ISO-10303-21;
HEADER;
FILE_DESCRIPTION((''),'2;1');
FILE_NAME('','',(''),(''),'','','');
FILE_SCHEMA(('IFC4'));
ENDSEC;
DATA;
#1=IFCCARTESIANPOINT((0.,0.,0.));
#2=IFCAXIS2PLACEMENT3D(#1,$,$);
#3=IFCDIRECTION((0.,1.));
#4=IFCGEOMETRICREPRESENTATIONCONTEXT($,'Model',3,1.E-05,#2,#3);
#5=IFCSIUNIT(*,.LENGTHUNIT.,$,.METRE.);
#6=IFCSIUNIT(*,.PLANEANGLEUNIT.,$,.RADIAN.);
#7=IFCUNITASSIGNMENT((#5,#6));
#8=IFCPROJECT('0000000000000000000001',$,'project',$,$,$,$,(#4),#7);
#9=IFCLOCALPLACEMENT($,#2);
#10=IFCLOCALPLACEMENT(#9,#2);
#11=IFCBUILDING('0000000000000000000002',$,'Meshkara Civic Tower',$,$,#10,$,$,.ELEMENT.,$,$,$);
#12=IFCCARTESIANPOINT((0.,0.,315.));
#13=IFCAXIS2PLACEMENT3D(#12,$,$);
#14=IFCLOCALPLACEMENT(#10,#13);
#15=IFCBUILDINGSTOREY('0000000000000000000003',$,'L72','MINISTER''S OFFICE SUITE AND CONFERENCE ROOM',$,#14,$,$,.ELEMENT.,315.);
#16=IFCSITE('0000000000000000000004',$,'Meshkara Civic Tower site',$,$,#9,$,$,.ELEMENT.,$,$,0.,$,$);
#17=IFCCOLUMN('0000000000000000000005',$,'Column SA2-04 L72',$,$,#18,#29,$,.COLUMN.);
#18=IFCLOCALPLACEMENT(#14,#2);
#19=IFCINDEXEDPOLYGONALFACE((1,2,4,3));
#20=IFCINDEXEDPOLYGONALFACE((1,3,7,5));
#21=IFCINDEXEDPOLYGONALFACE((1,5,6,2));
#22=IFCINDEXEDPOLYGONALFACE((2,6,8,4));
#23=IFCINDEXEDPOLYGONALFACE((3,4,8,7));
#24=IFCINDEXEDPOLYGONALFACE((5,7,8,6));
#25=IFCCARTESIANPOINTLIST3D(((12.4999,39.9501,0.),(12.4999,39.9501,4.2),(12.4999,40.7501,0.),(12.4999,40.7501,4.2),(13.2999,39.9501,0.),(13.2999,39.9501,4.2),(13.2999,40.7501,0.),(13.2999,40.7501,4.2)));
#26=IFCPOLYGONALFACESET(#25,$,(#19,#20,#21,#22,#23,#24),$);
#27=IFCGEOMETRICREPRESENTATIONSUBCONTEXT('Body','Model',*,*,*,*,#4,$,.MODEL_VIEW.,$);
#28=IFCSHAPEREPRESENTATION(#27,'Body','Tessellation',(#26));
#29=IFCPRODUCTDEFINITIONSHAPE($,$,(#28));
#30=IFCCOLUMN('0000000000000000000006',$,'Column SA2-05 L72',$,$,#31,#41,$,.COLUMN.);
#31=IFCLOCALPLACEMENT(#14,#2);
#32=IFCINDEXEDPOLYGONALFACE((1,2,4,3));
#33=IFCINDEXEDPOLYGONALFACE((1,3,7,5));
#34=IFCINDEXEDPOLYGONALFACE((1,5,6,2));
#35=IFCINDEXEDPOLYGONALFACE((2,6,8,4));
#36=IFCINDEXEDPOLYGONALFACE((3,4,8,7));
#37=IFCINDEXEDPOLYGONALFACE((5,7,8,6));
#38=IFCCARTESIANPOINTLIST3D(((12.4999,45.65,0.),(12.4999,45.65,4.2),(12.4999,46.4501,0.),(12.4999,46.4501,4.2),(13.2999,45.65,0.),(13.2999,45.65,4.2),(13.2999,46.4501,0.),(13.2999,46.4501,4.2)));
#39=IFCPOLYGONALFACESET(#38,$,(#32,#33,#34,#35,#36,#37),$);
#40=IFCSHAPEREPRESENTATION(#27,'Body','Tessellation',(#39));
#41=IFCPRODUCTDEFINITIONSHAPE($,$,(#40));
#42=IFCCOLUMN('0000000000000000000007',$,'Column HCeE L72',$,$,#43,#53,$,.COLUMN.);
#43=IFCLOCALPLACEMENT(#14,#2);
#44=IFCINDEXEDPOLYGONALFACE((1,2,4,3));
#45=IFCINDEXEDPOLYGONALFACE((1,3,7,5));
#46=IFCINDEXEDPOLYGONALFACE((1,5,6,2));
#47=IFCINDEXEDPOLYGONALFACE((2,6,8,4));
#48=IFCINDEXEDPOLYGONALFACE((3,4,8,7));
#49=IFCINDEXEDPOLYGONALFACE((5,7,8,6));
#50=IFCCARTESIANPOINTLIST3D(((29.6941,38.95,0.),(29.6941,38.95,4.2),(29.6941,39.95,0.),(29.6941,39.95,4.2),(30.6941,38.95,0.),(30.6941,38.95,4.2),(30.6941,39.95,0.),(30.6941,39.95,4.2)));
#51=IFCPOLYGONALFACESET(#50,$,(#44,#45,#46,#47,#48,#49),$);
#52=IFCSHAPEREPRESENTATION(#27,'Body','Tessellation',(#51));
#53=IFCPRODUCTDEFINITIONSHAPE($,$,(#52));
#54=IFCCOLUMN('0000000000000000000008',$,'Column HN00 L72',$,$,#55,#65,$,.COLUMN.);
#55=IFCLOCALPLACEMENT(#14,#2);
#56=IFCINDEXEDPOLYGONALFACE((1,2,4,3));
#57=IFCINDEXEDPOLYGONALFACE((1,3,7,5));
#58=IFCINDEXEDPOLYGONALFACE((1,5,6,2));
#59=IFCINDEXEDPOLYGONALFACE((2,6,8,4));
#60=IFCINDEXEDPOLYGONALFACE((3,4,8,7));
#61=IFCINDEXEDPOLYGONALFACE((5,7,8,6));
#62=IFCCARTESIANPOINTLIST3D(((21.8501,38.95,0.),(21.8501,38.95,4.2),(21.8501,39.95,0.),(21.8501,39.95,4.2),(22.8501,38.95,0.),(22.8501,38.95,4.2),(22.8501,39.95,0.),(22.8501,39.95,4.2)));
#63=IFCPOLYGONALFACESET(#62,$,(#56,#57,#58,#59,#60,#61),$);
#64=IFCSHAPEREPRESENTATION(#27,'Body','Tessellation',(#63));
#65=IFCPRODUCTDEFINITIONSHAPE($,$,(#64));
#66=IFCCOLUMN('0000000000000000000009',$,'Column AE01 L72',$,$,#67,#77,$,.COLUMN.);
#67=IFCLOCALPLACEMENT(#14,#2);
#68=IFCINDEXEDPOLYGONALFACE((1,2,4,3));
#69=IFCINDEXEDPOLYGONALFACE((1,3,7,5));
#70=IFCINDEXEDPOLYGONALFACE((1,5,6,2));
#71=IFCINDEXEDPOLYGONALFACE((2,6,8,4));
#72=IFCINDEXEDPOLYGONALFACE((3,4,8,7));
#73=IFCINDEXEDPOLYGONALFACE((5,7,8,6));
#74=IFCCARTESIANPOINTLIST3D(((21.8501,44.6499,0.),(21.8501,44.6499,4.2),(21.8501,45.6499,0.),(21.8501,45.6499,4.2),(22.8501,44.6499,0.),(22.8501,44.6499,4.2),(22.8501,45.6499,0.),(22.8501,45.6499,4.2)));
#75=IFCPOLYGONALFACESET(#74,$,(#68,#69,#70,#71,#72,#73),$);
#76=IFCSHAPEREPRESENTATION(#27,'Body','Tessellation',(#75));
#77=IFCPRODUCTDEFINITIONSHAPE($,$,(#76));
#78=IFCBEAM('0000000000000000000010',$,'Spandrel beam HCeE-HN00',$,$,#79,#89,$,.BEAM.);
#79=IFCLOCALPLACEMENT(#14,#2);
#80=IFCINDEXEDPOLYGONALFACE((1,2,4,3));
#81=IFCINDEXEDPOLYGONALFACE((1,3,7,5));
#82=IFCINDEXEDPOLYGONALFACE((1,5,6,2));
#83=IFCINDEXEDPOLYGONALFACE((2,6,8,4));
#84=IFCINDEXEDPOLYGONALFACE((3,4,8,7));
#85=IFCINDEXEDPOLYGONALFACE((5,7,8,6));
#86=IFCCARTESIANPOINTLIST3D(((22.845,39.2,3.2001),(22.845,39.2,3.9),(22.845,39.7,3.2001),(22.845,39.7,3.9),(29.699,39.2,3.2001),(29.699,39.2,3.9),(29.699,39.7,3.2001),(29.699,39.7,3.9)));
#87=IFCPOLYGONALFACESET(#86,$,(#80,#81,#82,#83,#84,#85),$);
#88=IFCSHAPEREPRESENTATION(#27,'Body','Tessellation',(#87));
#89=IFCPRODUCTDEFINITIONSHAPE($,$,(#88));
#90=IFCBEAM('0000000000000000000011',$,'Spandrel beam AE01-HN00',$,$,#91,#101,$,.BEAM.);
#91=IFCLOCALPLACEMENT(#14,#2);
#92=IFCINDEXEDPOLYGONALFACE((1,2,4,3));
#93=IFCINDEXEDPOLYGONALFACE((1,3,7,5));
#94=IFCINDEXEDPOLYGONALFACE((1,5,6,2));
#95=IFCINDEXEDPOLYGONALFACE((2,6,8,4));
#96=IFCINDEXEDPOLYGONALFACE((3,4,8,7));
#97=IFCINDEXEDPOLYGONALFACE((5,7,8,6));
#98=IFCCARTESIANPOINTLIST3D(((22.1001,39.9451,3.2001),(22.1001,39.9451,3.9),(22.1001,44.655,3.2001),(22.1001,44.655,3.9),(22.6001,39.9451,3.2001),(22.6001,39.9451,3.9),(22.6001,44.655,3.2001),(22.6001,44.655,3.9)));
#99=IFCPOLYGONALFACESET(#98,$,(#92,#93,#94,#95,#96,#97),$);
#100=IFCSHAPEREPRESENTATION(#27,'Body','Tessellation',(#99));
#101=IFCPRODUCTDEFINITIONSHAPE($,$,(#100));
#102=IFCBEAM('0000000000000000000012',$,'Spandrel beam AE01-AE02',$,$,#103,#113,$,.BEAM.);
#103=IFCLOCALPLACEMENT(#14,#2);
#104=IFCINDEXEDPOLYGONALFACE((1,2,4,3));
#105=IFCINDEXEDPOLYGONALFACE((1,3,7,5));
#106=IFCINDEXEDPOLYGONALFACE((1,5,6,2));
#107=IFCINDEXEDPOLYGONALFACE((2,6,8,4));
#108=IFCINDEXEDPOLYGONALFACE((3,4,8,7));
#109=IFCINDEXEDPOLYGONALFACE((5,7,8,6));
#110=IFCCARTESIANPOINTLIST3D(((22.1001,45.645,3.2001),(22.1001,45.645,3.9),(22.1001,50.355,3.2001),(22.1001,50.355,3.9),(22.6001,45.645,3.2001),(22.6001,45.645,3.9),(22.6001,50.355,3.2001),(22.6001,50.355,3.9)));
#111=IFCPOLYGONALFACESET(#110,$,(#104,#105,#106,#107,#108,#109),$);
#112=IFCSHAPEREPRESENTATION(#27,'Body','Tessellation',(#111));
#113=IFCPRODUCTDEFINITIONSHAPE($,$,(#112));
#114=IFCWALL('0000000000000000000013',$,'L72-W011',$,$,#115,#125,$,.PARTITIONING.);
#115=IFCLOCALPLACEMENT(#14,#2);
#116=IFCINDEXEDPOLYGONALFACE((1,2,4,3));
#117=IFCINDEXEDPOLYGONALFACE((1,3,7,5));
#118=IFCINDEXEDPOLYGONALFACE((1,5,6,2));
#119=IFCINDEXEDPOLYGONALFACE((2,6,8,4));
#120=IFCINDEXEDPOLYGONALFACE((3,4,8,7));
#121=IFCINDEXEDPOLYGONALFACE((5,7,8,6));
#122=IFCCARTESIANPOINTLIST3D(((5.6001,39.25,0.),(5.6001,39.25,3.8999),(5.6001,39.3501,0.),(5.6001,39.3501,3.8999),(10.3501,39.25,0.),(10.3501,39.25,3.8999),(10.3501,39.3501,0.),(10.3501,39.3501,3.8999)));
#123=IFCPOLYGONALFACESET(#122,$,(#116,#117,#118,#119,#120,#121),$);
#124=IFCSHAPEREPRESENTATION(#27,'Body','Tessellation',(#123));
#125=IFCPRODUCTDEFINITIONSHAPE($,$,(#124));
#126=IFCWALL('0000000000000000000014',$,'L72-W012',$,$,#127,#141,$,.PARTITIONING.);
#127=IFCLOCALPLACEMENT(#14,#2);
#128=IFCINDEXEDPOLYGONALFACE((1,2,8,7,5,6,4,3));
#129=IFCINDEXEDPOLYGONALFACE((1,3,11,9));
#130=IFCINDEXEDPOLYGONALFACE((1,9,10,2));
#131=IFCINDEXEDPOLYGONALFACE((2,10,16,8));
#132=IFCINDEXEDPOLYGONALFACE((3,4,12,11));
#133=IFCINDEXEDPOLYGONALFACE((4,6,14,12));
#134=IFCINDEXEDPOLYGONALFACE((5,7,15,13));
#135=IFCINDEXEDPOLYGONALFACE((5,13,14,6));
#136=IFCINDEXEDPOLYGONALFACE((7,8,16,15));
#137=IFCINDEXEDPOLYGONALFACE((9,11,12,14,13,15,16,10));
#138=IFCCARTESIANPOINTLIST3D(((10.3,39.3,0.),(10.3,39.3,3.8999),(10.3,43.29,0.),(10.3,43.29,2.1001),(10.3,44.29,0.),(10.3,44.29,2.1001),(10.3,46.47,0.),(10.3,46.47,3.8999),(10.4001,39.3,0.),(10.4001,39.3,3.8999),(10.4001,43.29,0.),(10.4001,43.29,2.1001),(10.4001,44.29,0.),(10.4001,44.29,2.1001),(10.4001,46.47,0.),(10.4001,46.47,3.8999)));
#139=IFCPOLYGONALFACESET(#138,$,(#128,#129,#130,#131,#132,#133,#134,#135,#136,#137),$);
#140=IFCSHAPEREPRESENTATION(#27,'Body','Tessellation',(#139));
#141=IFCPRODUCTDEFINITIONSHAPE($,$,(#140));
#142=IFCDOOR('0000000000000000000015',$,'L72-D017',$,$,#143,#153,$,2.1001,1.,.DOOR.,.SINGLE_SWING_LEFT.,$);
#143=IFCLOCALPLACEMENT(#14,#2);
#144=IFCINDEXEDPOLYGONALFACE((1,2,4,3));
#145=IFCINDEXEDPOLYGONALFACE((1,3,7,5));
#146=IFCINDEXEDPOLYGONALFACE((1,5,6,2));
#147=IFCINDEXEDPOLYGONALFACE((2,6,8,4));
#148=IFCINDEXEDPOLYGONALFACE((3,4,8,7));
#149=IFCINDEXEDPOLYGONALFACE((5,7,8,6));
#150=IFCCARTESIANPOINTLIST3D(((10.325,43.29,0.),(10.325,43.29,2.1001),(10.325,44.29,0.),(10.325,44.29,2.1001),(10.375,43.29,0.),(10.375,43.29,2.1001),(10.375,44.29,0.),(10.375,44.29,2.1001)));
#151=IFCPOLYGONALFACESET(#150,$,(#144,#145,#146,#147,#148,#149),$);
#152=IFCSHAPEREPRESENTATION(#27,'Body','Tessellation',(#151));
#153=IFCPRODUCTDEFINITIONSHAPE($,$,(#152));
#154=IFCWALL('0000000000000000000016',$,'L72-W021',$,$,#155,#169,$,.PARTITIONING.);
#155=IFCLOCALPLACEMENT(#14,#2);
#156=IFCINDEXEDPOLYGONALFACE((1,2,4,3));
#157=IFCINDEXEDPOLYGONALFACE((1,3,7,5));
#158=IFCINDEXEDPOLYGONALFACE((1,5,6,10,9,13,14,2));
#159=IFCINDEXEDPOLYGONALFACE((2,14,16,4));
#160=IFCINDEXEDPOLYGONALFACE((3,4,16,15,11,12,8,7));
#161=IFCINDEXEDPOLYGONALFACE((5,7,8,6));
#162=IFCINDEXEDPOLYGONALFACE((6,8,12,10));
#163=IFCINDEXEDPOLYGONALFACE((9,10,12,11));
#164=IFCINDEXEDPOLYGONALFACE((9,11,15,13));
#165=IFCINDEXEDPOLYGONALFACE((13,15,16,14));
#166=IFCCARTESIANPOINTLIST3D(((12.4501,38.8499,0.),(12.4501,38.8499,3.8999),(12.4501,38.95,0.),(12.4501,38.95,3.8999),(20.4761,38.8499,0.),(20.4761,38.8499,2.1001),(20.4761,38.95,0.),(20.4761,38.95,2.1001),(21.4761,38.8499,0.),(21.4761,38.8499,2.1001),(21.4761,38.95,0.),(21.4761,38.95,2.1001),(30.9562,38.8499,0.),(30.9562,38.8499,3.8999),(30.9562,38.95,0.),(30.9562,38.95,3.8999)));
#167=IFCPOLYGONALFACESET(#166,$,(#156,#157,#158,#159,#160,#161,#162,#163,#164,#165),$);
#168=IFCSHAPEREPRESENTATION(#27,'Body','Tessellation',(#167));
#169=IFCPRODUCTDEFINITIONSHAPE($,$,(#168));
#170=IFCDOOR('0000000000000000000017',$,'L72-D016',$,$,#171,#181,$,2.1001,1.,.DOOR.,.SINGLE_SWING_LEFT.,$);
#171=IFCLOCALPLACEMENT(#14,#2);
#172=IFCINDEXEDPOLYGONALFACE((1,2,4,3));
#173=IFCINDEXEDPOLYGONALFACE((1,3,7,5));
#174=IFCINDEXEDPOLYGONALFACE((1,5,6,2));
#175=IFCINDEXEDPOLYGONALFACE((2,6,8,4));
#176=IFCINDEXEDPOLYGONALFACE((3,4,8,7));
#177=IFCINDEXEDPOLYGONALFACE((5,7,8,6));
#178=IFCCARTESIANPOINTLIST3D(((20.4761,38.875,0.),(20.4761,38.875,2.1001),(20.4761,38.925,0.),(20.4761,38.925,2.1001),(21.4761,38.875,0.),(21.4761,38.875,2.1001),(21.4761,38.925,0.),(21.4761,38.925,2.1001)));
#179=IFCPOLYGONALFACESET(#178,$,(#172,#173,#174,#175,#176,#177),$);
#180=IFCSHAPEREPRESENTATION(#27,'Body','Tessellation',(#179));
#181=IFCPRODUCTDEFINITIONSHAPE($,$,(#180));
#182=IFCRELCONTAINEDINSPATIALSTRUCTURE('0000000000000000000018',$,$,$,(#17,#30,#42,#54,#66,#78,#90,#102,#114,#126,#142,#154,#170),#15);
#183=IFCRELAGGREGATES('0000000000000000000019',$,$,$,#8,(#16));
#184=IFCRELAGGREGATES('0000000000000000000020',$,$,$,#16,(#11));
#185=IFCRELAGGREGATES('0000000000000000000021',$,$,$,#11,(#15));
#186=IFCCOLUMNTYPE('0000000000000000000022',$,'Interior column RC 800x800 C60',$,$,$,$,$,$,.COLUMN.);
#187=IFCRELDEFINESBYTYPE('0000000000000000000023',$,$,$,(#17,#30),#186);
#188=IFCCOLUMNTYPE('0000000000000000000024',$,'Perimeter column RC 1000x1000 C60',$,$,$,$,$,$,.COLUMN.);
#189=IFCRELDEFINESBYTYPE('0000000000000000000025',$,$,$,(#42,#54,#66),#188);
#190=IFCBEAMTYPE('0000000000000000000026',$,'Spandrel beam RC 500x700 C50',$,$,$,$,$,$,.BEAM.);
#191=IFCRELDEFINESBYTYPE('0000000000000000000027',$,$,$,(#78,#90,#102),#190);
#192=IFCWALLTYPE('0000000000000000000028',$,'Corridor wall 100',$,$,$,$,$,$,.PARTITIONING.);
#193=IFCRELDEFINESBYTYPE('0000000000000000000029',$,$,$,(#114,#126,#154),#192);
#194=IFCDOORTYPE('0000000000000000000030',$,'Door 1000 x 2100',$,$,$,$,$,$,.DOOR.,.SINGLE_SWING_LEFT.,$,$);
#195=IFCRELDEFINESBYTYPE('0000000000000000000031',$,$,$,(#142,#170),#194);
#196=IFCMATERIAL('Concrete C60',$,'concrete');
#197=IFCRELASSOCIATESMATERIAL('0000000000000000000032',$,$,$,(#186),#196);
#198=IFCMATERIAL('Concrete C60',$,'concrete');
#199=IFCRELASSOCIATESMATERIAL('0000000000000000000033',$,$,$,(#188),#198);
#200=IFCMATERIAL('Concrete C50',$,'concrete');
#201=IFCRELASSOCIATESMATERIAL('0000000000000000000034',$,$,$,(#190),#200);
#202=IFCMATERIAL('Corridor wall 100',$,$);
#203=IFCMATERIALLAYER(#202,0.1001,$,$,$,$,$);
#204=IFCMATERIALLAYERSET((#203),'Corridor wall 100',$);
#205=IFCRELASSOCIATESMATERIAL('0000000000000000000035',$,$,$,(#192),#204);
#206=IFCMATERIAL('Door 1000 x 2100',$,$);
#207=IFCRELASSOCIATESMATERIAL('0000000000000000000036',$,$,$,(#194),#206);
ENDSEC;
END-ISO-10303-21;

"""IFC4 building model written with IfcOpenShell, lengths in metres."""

from ifc_helpers import new_model, si_unit, direction, frame, frame_2d, origin, origin_2d, place, context, subcontext, project, spatial, rectangle, extrude, material, layer, layer_set, material_profile, profile_set, type_object, element, fill, save


model = new_model("IFC4")

# Units and contexts
model_context = context("Model", 3, precision=1e-05, world=origin(), true_north=direction((0.0, 1.0)))
body_context = subcontext(model_context, "Body", "Model", "MODEL_VIEW")
ifc_project = project(units=[si_unit("LENGTHUNIT", "METRE"), si_unit("PLANEANGLEUNIT", "RADIAN")], contexts=[model_context])

# Site, building, storey
site_placement = place(None, origin())
site = spatial("IfcSite", under=ifc_project, at=site_placement, Name="Meshkara Civic Tower site", CompositionType="ELEMENT", RefElevation=0.0)
building_placement = place(site_placement, origin())
building = spatial("IfcBuilding", under=site, at=building_placement, Name="Meshkara Civic Tower", CompositionType="ELEMENT")
storey_placement = place(building_placement, frame((0.0, 0.0, 315.0)))
storey = spatial("IfcBuildingStorey", under=building, at=storey_placement, Name="L72", Description="MINISTER'S OFFICE SUITE AND CONFERENCE ROOM", CompositionType="ELEMENT", Elevation=315.0)

# Columns
ifc_material_1 = material(Name="Concrete C60", Category="concrete")
ifc_material_profile_1 = material_profile(ifc_material_1, rectangle(XDim=0.8, YDim=0.8, at=origin_2d()))
ifc_profile_set_1 = profile_set([ifc_material_profile_1], Name="Concrete C60")
column_type_1 = type_object("IfcColumnType", Name="Interior column RC 800x800 C60", PredefinedType="COLUMN", material=ifc_profile_set_1)
for number, where, z_axis, x_axis, name in (
    (1, (12.8999, 40.3501, 0.0), (0.0, 0.0, 1.0), (1.0, 0.0, 0.0), "Column SA2-04 L72"),
    (2, (12.8999, 46.05, 0.0), (0.0, 0.0, 1.0), (1.0, 0.0, 0.0), "Column SA2-05 L72"),
):
    element("IfcColumn", number, at=place(storey_placement, frame(where, z_axis=z_axis, x_axis=x_axis)), inside=storey, type_object=column_type_1, Name=name, PredefinedType="COLUMN", context=body_context, shape_type="SweptSolid", body=[
        extrude(rectangle(XDim=0.8, YDim=0.8, at=origin_2d()), origin(), (0.0, 0.0, 1.0), 4.2),
    ])
ifc_material_2 = material(Name="Concrete C60", Category="concrete")
ifc_material_profile_2 = material_profile(ifc_material_2, rectangle(XDim=1.0, YDim=1.0, at=origin_2d()))
ifc_profile_set_2 = profile_set([ifc_material_profile_2], Name="Concrete C60")
column_type_2 = type_object("IfcColumnType", Name="Perimeter column RC 1000x1000 C60", PredefinedType="COLUMN", material=ifc_profile_set_2)
for number, where, z_axis, x_axis, name in (
    (3, (30.1941, 39.45, 0.0), (0.0, 0.0, 1.0), (1.0, 0.0, 0.0), "Column HCeE L72"),
    (4, (22.3501, 39.45, 0.0), (0.0, 0.0, 1.0), (1.0, 0.0, 0.0), "Column HN00 L72"),
    (5, (22.3501, 45.1499, 0.0), (0.0, 0.0, 1.0), (1.0, 0.0, 0.0), "Column AE01 L72"),
):
    element("IfcColumn", number, at=place(storey_placement, frame(where, z_axis=z_axis, x_axis=x_axis)), inside=storey, type_object=column_type_2, Name=name, PredefinedType="COLUMN", context=body_context, shape_type="SweptSolid", body=[
        extrude(rectangle(XDim=1.0, YDim=1.0, at=origin_2d()), origin(), (0.0, 0.0, 1.0), 4.2),
    ])

# Beams
ifc_material_3 = material(Name="Concrete C50", Category="concrete")
ifc_material_profile_3 = material_profile(ifc_material_3, rectangle(XDim=0.5, YDim=0.7, at=origin_2d()))
ifc_profile_set_3 = profile_set([ifc_material_profile_3], Name="Concrete C50")
beam_type = type_object("IfcBeamType", Name="Spandrel beam RC 500x700 C50", PredefinedType="BEAM", material=ifc_profile_set_3)
beam_placement = place(storey_placement, frame((29.699, 39.45, 3.55), z_axis=(-1.0, 0.0, 0.0), x_axis=(0.0, -1.0, 0.0)))
element("IfcBeam", 6, at=beam_placement, inside=storey, type_object=beam_type, Name="Spandrel beam HCeE-HN00", PredefinedType="BEAM", context=body_context, shape_type="SweptSolid", body=[
    extrude(rectangle(XDim=0.5, YDim=0.7, at=origin_2d()), origin(), (0.0, 0.0, 1.0), 6.854),
])
for number, where, z_axis, x_axis, name in (
    (7, (22.3501, 39.9451, 3.55), (0.0, 1.0, 0.0), (-1.0, 0.0, 0.0), "Spandrel beam AE01-HN00"),
    (8, (22.3501, 45.645, 3.55), (0.0, 1.0, 0.0), (-1.0, 0.0, 0.0), "Spandrel beam AE01-AE02"),
):
    element("IfcBeam", number, at=place(storey_placement, frame(where, z_axis=z_axis, x_axis=x_axis)), inside=storey, type_object=beam_type, Name=name, PredefinedType="BEAM", context=body_context, shape_type="SweptSolid", body=[
        extrude(rectangle(XDim=0.5, YDim=0.7, at=origin_2d()), origin(), (0.0, 0.0, 1.0), 4.71),
    ])

# Wall
ifc_material_4 = material(Name="Corridor wall 100")
ifc_layer_1 = layer(ifc_material_4, 0.1001)
ifc_layer_set_1 = layer_set([ifc_layer_1], Name="Corridor wall 100")
wall_type_1 = type_object("IfcWallType", Name="Corridor wall 100", PredefinedType="PARTITIONING", material=ifc_layer_set_1)
wall_1_placement = place(storey_placement, frame((10.3501, 39.3, 0.0), z_axis=(0.0, 0.0, 1.0), x_axis=(-1.0, 0.0, 0.0)))
element("IfcWall", 9, at=wall_1_placement, inside=storey, type_object=wall_type_1, Name="L72-W011", PredefinedType="PARTITIONING", context=body_context, shape_type="SweptSolid", body=[
    extrude(rectangle(XDim=4.75, YDim=0.1001, at=frame_2d((2.375, 0.0))), origin(), (0.0, 0.0, 1.0), 3.8999),
])

# Walls, openings, doors
wall_2_placement = place(storey_placement, frame((10.3501, 46.47, 0.0), z_axis=(0.0, 0.0, 1.0), x_axis=(0.0, -1.0, 0.0)))
wall_2 = element("IfcWall", 10, at=wall_2_placement, inside=storey, type_object=wall_type_1, Name="L72-W012", PredefinedType="PARTITIONING", context=body_context, shape_type="SweptSolid", body=[
    extrude(rectangle(XDim=7.1699, YDim=0.1001, at=frame_2d((3.585, 0.0))), origin(), (0.0, 0.0, 1.0), 3.8999),
])
opening_1_placement = place(wall_2_placement, frame((2.1799, 0.0, 0.0)))
opening_1 = element("IfcOpeningElement", 11, at=opening_1_placement, cuts=wall_2, PredefinedType="OPENING", context=body_context, shape_type="SweptSolid", body=[
    extrude(rectangle(XDim=1.0, YDim=2.1001, at=frame_2d((0.5, 1.05))), frame((0.0, 0.0601, 0.0), z_axis=(0.0, -1.0, 0.0), x_axis=(1.0, 0.0, 0.0)), (0.0, 0.0, 1.0), 0.1201),
])
ifc_material_5 = material(Name="Door 1000 x 2100")
door_type = type_object("IfcDoorType", Name="Door 1000 x 2100", OperationType="SINGLE_SWING_LEFT", PredefinedType="DOOR", material=ifc_material_5)
door_1_placement = place(opening_1_placement, origin())
door_1 = element("IfcDoor", 12, at=door_1_placement, inside=storey, type_object=door_type, Name="L72-D017", OperationType="SINGLE_SWING_LEFT", OverallHeight=2.1001, OverallWidth=1.0, PredefinedType="DOOR", context=body_context, shape_type="SweptSolid", body=[
    extrude(rectangle(XDim=1.0, YDim=2.1001, at=frame_2d((0.5, 1.05))), frame((0.0, 0.0249, 0.0), z_axis=(0.0, -1.0, 0.0), x_axis=(1.0, 0.0, 0.0)), (0.0, 0.0, 1.0), 0.05),
])
fill(opening_1, door_1)
wall_3_placement = place(storey_placement, frame((30.9561, 38.8999, 0.0), z_axis=(0.0, 0.0, 1.0), x_axis=(-1.0, 0.0, 0.0)))
wall_3 = element("IfcWall", 13, at=wall_3_placement, inside=storey, type_object=wall_type_1, Name="L72-W021", PredefinedType="PARTITIONING", context=body_context, shape_type="SweptSolid", body=[
    extrude(rectangle(XDim=18.5061, YDim=0.1001, at=frame_2d((9.2529, 0.0))), origin(), (0.0, 0.0, 1.0), 3.8999),
])
opening_2_placement = place(wall_3_placement, frame((9.48, 0.0, 0.0)))
opening_2 = element("IfcOpeningElement", 14, at=opening_2_placement, cuts=wall_3, PredefinedType="OPENING", context=body_context, shape_type="SweptSolid", body=[
    extrude(rectangle(XDim=1.0, YDim=2.1001, at=frame_2d((0.5, 1.05))), frame((0.0, 0.0601, 0.0), z_axis=(0.0, -1.0, 0.0), x_axis=(1.0, 0.0, 0.0)), (0.0, 0.0, 1.0), 0.1201),
])
door_2_placement = place(opening_2_placement, origin())
door_2 = element("IfcDoor", 15, at=door_2_placement, inside=storey, type_object=door_type, Name="L72-D016", OperationType="SINGLE_SWING_LEFT", OverallHeight=2.1001, OverallWidth=1.0, PredefinedType="DOOR", context=body_context, shape_type="SweptSolid", body=[
    extrude(rectangle(XDim=1.0, YDim=2.1001, at=frame_2d((0.5, 1.05))), frame((0.0, 0.0249, 0.0), z_axis=(0.0, -1.0, 0.0), x_axis=(1.0, 0.0, 0.0)), (0.0, 0.0, 1.0), 0.05),
])
fill(opening_2, door_2)

save(model, "model.ifc")
